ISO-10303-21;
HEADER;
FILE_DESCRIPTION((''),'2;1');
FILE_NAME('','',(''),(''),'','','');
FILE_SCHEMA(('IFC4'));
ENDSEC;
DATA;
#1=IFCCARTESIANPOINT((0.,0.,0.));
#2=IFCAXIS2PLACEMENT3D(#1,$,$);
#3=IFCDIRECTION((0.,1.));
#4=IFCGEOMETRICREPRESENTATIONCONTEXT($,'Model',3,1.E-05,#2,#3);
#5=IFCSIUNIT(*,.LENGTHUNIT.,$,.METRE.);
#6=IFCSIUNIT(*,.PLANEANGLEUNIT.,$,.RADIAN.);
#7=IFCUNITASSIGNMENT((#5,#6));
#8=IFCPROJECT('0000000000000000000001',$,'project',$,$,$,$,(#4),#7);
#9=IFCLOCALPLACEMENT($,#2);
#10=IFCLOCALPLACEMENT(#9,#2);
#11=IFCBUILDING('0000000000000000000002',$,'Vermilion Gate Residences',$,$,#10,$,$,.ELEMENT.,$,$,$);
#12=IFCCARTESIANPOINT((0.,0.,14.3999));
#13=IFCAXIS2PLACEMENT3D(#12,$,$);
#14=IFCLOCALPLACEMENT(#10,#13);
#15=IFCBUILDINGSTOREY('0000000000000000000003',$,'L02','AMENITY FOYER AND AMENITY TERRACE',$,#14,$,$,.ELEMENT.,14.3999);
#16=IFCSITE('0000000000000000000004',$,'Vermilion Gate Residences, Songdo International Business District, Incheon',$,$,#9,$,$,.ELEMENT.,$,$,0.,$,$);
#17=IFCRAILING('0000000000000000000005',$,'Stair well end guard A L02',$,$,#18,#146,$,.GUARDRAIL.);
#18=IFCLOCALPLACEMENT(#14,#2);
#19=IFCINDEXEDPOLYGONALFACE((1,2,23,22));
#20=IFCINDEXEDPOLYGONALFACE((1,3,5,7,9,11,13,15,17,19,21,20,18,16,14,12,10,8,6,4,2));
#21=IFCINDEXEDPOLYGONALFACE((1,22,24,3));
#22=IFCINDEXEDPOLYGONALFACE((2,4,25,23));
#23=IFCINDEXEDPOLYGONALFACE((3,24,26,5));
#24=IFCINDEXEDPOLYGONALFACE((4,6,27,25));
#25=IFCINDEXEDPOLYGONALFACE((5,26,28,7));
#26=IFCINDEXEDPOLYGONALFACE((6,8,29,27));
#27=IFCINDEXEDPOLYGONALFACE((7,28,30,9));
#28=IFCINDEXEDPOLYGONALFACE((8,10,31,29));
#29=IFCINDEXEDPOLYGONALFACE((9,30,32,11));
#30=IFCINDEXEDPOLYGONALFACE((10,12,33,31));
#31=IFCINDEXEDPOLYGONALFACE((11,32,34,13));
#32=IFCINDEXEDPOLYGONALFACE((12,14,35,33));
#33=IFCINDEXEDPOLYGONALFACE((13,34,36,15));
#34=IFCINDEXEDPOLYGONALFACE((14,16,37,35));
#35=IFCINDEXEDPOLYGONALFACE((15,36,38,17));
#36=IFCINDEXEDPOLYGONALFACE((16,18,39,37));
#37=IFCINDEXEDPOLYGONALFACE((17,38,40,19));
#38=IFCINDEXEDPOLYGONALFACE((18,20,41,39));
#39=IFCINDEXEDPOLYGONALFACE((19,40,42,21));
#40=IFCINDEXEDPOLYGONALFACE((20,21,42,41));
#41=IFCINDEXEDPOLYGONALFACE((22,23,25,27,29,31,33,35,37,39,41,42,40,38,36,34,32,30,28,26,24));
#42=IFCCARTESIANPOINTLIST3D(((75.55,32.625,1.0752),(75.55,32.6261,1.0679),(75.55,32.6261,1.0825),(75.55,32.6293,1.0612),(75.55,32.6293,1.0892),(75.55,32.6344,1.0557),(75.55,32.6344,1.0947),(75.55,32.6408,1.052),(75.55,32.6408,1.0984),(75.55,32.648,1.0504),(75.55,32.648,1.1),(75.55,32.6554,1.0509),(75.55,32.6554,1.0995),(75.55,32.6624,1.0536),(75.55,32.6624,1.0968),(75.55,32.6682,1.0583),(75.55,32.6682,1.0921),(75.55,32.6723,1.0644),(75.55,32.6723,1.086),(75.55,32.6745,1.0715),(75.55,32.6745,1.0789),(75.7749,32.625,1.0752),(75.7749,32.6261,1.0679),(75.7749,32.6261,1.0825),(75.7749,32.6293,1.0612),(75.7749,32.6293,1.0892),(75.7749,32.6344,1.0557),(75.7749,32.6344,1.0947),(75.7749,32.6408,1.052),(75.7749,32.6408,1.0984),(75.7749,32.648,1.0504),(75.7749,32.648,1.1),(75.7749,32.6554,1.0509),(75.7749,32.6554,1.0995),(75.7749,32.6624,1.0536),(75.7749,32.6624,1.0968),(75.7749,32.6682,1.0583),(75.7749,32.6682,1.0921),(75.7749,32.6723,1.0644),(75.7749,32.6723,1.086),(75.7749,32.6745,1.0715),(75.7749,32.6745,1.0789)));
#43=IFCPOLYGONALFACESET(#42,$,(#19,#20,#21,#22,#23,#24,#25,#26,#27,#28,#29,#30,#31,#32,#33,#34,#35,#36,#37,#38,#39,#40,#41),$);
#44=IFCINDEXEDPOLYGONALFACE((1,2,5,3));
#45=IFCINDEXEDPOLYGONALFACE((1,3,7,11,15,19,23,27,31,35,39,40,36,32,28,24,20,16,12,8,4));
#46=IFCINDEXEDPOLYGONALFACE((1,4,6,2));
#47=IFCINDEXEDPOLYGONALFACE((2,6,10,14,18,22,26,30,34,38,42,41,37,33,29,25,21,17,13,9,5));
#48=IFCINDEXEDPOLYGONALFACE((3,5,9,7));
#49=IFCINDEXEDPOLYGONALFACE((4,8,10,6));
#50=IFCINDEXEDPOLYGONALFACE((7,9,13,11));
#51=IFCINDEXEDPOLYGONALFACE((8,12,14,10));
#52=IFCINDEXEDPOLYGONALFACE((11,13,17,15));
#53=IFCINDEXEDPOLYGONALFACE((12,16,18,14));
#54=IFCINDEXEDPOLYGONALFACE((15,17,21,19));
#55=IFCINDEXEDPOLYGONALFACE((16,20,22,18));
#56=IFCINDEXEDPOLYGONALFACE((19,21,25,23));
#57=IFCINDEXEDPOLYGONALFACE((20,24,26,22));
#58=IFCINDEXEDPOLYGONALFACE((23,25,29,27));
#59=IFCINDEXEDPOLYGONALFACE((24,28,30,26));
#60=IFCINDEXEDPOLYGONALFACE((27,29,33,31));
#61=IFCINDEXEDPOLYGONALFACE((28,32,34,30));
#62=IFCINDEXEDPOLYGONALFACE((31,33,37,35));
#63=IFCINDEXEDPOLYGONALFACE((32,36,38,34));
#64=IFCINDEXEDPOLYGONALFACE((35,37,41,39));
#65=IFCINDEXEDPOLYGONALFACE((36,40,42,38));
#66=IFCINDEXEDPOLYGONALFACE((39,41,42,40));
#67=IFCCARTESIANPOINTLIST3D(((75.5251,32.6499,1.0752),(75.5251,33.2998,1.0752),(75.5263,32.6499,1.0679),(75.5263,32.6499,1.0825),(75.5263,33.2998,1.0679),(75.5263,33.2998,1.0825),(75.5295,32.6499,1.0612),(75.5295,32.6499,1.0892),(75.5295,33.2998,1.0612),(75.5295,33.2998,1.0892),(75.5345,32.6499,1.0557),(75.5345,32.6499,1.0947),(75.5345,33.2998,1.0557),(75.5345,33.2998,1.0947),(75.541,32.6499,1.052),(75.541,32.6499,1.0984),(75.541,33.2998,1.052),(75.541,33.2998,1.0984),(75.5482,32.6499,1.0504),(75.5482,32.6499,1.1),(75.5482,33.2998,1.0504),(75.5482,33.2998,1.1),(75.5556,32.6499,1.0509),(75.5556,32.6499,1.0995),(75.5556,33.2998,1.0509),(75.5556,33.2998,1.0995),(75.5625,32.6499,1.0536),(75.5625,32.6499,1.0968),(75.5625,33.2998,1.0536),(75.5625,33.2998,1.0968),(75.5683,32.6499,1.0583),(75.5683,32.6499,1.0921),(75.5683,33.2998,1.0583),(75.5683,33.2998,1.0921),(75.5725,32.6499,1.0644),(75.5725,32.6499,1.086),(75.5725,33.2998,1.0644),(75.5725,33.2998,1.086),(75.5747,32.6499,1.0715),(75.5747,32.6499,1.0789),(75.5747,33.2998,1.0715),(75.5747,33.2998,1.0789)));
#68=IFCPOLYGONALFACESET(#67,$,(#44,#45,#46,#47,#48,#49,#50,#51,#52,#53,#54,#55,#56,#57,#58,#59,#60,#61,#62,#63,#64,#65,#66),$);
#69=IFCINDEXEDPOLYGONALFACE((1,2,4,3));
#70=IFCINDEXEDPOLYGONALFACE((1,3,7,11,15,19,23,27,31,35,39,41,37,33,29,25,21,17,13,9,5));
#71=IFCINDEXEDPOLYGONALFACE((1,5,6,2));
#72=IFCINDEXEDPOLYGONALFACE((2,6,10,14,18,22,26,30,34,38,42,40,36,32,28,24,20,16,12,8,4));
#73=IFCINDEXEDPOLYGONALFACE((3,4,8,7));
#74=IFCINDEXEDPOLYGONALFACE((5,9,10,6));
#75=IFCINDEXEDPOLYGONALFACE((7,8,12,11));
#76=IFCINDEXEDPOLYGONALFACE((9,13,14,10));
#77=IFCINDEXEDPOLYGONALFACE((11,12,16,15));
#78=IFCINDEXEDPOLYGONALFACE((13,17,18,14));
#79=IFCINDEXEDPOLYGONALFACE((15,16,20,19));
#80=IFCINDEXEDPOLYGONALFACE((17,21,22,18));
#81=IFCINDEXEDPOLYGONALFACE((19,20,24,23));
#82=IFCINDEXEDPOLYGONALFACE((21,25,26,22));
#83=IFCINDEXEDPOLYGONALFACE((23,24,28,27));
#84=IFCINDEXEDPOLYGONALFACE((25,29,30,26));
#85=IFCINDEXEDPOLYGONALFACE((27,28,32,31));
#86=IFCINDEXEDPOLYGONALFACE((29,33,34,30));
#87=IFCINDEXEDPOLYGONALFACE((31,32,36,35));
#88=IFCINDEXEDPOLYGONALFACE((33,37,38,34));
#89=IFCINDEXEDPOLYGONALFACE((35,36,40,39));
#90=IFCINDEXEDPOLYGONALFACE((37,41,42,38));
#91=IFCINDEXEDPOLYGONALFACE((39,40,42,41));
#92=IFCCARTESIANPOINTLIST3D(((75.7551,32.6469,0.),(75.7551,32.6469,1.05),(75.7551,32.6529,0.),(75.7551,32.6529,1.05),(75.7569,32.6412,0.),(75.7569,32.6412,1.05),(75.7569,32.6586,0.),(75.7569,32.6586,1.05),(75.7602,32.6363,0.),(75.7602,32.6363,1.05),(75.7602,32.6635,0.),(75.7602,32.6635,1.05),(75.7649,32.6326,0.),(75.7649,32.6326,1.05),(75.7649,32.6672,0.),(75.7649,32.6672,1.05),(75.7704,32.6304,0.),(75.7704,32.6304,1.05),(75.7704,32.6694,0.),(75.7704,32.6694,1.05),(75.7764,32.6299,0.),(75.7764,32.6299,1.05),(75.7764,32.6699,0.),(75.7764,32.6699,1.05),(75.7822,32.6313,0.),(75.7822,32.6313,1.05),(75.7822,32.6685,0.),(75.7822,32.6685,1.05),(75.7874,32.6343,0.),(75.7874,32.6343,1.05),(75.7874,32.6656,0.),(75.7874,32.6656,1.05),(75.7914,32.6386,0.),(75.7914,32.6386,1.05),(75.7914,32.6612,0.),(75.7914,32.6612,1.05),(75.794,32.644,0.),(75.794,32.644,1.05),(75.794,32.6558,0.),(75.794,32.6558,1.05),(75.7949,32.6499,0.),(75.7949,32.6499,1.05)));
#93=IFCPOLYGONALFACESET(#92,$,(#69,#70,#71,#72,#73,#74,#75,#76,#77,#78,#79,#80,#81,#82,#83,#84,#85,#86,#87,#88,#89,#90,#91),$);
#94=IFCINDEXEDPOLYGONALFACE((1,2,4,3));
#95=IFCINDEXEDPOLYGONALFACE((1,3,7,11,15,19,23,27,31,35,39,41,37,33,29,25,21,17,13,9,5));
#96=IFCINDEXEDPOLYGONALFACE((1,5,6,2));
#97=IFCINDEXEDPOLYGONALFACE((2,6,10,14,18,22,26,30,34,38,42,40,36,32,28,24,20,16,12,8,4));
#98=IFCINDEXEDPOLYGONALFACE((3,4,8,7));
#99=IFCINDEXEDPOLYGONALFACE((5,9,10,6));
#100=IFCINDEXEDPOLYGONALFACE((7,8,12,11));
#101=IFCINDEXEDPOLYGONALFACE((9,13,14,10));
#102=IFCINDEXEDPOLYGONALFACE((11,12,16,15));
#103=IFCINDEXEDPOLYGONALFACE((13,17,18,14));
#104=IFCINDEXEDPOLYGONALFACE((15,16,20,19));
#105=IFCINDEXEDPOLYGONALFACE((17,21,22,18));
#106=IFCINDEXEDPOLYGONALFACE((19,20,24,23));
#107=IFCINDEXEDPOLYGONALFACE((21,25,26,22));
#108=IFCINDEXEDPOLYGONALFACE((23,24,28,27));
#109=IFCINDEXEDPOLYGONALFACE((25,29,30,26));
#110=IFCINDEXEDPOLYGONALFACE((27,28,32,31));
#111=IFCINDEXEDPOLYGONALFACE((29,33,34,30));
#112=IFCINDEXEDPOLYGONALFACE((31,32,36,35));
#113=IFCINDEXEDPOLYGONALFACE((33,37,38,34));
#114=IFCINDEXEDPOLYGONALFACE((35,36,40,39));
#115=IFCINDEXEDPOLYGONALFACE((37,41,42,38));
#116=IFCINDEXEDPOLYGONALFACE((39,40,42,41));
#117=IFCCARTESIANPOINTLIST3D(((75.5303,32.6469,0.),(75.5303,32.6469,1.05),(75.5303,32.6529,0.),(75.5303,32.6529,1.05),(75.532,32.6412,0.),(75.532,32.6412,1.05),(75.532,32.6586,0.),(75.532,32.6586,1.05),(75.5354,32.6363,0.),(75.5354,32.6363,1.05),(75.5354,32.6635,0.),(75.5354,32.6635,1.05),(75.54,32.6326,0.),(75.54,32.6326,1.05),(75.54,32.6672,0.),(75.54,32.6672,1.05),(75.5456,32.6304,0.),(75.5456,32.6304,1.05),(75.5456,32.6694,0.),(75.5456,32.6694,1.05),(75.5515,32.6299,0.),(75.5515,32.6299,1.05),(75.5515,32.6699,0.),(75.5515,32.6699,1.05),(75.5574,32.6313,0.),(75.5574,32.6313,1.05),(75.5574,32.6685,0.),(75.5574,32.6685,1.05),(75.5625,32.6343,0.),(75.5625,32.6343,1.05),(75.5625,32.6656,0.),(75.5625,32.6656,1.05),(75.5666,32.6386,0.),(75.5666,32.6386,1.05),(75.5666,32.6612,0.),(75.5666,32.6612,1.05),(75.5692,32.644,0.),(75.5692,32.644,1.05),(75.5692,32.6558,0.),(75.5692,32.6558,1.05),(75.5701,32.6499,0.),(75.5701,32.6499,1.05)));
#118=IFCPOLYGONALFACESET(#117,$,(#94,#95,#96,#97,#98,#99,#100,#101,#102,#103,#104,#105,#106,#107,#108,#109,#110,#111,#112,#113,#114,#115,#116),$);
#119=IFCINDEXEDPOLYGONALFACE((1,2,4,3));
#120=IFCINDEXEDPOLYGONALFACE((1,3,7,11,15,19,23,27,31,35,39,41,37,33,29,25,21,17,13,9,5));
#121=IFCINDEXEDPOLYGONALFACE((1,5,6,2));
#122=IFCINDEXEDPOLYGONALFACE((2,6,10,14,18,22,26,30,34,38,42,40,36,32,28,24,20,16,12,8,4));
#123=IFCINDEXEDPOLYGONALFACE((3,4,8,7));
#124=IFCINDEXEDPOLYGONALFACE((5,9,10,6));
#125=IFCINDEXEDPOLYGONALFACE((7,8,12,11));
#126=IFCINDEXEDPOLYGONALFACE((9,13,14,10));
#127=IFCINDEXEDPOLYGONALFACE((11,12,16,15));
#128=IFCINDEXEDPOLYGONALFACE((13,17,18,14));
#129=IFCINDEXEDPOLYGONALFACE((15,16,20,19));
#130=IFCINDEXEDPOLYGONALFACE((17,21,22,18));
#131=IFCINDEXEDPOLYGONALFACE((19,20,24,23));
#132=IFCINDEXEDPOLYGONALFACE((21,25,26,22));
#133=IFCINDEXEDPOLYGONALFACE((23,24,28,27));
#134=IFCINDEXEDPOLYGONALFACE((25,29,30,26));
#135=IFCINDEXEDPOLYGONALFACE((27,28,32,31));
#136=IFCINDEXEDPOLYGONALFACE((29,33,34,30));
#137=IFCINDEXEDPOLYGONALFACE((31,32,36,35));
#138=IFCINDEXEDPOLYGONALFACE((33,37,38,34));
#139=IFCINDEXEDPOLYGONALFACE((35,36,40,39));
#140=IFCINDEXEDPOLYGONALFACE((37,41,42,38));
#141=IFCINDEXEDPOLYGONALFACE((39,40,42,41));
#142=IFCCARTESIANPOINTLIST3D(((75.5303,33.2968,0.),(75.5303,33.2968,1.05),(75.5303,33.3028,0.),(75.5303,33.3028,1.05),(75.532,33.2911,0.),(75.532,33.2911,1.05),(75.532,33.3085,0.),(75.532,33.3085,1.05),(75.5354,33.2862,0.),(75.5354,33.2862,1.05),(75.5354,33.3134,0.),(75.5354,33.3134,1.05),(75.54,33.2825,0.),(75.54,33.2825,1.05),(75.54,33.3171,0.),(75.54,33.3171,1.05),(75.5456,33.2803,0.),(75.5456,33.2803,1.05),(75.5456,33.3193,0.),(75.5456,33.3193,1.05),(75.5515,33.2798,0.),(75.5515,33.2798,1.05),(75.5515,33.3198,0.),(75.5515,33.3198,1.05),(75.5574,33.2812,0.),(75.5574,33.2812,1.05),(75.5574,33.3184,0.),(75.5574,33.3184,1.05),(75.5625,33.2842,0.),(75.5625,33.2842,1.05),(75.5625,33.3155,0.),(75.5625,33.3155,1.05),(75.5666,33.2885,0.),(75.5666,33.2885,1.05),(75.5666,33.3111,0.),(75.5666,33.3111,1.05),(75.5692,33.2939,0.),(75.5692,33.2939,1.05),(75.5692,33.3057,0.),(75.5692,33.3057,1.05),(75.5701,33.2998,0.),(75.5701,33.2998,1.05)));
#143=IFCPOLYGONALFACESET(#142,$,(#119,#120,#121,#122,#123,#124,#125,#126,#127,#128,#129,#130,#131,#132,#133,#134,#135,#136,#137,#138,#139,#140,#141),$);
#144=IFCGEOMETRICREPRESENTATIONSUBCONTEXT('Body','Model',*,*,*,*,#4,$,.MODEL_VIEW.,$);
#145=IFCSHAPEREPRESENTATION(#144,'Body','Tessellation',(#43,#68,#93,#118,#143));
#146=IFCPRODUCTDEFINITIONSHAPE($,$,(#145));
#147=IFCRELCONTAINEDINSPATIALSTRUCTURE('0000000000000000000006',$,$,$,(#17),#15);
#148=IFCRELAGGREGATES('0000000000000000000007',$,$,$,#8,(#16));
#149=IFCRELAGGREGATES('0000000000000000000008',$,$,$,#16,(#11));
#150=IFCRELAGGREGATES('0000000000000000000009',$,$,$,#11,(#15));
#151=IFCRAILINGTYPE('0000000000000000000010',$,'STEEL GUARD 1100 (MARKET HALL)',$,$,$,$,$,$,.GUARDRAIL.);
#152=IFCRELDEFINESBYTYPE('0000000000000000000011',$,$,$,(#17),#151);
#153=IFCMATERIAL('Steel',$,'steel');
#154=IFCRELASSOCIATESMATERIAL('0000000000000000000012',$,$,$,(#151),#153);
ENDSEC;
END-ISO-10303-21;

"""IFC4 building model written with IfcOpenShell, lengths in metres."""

from ifc_helpers import new_model, si_unit, direction, frame, origin, origin_2d, place, context, subcontext, project, spatial, circle, extrude, material, type_object, element, save


model = new_model("IFC4")

# Units and contexts
model_context = context("Model", 3, precision=1e-05, world=origin(), true_north=direction((0.0, 1.0)))
body_context = subcontext(model_context, "Body", "Model", "MODEL_VIEW")
ifc_project = project(units=[si_unit("LENGTHUNIT", "METRE"), si_unit("PLANEANGLEUNIT", "RADIAN")], contexts=[model_context])

# Site, building, storey
site_placement = place(None, origin())
site = spatial("IfcSite", under=ifc_project, at=site_placement, Name="Vermilion Gate Residences, Songdo International Business District, Incheon", CompositionType="ELEMENT", RefElevation=0.0)
building_placement = place(site_placement, origin())
building = spatial("IfcBuilding", under=site, at=building_placement, Name="Vermilion Gate Residences", CompositionType="ELEMENT")
storey_placement = place(building_placement, frame((0.0, 0.0, 14.3999)))
storey = spatial("IfcBuildingStorey", under=building, at=storey_placement, Name="L02", Description="AMENITY FOYER AND AMENITY TERRACE", CompositionType="ELEMENT", Elevation=14.3999)

# Railing
ifc_material_1 = material(Name="Steel", Category="steel")
railing_type_1 = type_object("IfcRailingType", Name="STEEL GUARD 1100 (MARKET HALL)", PredefinedType="GUARDRAIL", material=ifc_material_1)
railing_placement = place(storey_placement, frame((75.7749, 32.6499, 0.0)))
element("IfcRailing", 1, at=railing_placement, inside=storey, type_object=railing_type_1, Name="Stair well end guard A L02", PredefinedType="GUARDRAIL", context=body_context, shape_type="SweptSolid", body=[
    extrude(circle(Radius=0.0249, at=origin_2d()), frame((0.0, 0.0, 1.0752), z_axis=(-1.0, 0.0, 0.0), x_axis=(0.0, -1.0, 0.0)), (0.0, 0.0, 1.0), 0.2249),
    extrude(circle(Radius=0.0249, at=origin_2d()), frame((-0.2249, 0.0, 1.0752), z_axis=(0.0, 1.0, 0.0), x_axis=(-1.0, 0.0, 0.0)), (0.0, 0.0, 1.0), 0.6499),
    extrude(circle(Radius=0.02, at=origin_2d()), origin(), (0.0, 0.0, 1.0), 1.05),
    extrude(circle(Radius=0.02, at=origin_2d()), frame((-0.2249, 0.0, 0.0)), (0.0, 0.0, 1.0), 1.05),
    extrude(circle(Radius=0.02, at=origin_2d()), frame((-0.2249, 0.6499, 0.0)), (0.0, 0.0, 1.0), 1.05),
])

save(model, "model.ifc")
